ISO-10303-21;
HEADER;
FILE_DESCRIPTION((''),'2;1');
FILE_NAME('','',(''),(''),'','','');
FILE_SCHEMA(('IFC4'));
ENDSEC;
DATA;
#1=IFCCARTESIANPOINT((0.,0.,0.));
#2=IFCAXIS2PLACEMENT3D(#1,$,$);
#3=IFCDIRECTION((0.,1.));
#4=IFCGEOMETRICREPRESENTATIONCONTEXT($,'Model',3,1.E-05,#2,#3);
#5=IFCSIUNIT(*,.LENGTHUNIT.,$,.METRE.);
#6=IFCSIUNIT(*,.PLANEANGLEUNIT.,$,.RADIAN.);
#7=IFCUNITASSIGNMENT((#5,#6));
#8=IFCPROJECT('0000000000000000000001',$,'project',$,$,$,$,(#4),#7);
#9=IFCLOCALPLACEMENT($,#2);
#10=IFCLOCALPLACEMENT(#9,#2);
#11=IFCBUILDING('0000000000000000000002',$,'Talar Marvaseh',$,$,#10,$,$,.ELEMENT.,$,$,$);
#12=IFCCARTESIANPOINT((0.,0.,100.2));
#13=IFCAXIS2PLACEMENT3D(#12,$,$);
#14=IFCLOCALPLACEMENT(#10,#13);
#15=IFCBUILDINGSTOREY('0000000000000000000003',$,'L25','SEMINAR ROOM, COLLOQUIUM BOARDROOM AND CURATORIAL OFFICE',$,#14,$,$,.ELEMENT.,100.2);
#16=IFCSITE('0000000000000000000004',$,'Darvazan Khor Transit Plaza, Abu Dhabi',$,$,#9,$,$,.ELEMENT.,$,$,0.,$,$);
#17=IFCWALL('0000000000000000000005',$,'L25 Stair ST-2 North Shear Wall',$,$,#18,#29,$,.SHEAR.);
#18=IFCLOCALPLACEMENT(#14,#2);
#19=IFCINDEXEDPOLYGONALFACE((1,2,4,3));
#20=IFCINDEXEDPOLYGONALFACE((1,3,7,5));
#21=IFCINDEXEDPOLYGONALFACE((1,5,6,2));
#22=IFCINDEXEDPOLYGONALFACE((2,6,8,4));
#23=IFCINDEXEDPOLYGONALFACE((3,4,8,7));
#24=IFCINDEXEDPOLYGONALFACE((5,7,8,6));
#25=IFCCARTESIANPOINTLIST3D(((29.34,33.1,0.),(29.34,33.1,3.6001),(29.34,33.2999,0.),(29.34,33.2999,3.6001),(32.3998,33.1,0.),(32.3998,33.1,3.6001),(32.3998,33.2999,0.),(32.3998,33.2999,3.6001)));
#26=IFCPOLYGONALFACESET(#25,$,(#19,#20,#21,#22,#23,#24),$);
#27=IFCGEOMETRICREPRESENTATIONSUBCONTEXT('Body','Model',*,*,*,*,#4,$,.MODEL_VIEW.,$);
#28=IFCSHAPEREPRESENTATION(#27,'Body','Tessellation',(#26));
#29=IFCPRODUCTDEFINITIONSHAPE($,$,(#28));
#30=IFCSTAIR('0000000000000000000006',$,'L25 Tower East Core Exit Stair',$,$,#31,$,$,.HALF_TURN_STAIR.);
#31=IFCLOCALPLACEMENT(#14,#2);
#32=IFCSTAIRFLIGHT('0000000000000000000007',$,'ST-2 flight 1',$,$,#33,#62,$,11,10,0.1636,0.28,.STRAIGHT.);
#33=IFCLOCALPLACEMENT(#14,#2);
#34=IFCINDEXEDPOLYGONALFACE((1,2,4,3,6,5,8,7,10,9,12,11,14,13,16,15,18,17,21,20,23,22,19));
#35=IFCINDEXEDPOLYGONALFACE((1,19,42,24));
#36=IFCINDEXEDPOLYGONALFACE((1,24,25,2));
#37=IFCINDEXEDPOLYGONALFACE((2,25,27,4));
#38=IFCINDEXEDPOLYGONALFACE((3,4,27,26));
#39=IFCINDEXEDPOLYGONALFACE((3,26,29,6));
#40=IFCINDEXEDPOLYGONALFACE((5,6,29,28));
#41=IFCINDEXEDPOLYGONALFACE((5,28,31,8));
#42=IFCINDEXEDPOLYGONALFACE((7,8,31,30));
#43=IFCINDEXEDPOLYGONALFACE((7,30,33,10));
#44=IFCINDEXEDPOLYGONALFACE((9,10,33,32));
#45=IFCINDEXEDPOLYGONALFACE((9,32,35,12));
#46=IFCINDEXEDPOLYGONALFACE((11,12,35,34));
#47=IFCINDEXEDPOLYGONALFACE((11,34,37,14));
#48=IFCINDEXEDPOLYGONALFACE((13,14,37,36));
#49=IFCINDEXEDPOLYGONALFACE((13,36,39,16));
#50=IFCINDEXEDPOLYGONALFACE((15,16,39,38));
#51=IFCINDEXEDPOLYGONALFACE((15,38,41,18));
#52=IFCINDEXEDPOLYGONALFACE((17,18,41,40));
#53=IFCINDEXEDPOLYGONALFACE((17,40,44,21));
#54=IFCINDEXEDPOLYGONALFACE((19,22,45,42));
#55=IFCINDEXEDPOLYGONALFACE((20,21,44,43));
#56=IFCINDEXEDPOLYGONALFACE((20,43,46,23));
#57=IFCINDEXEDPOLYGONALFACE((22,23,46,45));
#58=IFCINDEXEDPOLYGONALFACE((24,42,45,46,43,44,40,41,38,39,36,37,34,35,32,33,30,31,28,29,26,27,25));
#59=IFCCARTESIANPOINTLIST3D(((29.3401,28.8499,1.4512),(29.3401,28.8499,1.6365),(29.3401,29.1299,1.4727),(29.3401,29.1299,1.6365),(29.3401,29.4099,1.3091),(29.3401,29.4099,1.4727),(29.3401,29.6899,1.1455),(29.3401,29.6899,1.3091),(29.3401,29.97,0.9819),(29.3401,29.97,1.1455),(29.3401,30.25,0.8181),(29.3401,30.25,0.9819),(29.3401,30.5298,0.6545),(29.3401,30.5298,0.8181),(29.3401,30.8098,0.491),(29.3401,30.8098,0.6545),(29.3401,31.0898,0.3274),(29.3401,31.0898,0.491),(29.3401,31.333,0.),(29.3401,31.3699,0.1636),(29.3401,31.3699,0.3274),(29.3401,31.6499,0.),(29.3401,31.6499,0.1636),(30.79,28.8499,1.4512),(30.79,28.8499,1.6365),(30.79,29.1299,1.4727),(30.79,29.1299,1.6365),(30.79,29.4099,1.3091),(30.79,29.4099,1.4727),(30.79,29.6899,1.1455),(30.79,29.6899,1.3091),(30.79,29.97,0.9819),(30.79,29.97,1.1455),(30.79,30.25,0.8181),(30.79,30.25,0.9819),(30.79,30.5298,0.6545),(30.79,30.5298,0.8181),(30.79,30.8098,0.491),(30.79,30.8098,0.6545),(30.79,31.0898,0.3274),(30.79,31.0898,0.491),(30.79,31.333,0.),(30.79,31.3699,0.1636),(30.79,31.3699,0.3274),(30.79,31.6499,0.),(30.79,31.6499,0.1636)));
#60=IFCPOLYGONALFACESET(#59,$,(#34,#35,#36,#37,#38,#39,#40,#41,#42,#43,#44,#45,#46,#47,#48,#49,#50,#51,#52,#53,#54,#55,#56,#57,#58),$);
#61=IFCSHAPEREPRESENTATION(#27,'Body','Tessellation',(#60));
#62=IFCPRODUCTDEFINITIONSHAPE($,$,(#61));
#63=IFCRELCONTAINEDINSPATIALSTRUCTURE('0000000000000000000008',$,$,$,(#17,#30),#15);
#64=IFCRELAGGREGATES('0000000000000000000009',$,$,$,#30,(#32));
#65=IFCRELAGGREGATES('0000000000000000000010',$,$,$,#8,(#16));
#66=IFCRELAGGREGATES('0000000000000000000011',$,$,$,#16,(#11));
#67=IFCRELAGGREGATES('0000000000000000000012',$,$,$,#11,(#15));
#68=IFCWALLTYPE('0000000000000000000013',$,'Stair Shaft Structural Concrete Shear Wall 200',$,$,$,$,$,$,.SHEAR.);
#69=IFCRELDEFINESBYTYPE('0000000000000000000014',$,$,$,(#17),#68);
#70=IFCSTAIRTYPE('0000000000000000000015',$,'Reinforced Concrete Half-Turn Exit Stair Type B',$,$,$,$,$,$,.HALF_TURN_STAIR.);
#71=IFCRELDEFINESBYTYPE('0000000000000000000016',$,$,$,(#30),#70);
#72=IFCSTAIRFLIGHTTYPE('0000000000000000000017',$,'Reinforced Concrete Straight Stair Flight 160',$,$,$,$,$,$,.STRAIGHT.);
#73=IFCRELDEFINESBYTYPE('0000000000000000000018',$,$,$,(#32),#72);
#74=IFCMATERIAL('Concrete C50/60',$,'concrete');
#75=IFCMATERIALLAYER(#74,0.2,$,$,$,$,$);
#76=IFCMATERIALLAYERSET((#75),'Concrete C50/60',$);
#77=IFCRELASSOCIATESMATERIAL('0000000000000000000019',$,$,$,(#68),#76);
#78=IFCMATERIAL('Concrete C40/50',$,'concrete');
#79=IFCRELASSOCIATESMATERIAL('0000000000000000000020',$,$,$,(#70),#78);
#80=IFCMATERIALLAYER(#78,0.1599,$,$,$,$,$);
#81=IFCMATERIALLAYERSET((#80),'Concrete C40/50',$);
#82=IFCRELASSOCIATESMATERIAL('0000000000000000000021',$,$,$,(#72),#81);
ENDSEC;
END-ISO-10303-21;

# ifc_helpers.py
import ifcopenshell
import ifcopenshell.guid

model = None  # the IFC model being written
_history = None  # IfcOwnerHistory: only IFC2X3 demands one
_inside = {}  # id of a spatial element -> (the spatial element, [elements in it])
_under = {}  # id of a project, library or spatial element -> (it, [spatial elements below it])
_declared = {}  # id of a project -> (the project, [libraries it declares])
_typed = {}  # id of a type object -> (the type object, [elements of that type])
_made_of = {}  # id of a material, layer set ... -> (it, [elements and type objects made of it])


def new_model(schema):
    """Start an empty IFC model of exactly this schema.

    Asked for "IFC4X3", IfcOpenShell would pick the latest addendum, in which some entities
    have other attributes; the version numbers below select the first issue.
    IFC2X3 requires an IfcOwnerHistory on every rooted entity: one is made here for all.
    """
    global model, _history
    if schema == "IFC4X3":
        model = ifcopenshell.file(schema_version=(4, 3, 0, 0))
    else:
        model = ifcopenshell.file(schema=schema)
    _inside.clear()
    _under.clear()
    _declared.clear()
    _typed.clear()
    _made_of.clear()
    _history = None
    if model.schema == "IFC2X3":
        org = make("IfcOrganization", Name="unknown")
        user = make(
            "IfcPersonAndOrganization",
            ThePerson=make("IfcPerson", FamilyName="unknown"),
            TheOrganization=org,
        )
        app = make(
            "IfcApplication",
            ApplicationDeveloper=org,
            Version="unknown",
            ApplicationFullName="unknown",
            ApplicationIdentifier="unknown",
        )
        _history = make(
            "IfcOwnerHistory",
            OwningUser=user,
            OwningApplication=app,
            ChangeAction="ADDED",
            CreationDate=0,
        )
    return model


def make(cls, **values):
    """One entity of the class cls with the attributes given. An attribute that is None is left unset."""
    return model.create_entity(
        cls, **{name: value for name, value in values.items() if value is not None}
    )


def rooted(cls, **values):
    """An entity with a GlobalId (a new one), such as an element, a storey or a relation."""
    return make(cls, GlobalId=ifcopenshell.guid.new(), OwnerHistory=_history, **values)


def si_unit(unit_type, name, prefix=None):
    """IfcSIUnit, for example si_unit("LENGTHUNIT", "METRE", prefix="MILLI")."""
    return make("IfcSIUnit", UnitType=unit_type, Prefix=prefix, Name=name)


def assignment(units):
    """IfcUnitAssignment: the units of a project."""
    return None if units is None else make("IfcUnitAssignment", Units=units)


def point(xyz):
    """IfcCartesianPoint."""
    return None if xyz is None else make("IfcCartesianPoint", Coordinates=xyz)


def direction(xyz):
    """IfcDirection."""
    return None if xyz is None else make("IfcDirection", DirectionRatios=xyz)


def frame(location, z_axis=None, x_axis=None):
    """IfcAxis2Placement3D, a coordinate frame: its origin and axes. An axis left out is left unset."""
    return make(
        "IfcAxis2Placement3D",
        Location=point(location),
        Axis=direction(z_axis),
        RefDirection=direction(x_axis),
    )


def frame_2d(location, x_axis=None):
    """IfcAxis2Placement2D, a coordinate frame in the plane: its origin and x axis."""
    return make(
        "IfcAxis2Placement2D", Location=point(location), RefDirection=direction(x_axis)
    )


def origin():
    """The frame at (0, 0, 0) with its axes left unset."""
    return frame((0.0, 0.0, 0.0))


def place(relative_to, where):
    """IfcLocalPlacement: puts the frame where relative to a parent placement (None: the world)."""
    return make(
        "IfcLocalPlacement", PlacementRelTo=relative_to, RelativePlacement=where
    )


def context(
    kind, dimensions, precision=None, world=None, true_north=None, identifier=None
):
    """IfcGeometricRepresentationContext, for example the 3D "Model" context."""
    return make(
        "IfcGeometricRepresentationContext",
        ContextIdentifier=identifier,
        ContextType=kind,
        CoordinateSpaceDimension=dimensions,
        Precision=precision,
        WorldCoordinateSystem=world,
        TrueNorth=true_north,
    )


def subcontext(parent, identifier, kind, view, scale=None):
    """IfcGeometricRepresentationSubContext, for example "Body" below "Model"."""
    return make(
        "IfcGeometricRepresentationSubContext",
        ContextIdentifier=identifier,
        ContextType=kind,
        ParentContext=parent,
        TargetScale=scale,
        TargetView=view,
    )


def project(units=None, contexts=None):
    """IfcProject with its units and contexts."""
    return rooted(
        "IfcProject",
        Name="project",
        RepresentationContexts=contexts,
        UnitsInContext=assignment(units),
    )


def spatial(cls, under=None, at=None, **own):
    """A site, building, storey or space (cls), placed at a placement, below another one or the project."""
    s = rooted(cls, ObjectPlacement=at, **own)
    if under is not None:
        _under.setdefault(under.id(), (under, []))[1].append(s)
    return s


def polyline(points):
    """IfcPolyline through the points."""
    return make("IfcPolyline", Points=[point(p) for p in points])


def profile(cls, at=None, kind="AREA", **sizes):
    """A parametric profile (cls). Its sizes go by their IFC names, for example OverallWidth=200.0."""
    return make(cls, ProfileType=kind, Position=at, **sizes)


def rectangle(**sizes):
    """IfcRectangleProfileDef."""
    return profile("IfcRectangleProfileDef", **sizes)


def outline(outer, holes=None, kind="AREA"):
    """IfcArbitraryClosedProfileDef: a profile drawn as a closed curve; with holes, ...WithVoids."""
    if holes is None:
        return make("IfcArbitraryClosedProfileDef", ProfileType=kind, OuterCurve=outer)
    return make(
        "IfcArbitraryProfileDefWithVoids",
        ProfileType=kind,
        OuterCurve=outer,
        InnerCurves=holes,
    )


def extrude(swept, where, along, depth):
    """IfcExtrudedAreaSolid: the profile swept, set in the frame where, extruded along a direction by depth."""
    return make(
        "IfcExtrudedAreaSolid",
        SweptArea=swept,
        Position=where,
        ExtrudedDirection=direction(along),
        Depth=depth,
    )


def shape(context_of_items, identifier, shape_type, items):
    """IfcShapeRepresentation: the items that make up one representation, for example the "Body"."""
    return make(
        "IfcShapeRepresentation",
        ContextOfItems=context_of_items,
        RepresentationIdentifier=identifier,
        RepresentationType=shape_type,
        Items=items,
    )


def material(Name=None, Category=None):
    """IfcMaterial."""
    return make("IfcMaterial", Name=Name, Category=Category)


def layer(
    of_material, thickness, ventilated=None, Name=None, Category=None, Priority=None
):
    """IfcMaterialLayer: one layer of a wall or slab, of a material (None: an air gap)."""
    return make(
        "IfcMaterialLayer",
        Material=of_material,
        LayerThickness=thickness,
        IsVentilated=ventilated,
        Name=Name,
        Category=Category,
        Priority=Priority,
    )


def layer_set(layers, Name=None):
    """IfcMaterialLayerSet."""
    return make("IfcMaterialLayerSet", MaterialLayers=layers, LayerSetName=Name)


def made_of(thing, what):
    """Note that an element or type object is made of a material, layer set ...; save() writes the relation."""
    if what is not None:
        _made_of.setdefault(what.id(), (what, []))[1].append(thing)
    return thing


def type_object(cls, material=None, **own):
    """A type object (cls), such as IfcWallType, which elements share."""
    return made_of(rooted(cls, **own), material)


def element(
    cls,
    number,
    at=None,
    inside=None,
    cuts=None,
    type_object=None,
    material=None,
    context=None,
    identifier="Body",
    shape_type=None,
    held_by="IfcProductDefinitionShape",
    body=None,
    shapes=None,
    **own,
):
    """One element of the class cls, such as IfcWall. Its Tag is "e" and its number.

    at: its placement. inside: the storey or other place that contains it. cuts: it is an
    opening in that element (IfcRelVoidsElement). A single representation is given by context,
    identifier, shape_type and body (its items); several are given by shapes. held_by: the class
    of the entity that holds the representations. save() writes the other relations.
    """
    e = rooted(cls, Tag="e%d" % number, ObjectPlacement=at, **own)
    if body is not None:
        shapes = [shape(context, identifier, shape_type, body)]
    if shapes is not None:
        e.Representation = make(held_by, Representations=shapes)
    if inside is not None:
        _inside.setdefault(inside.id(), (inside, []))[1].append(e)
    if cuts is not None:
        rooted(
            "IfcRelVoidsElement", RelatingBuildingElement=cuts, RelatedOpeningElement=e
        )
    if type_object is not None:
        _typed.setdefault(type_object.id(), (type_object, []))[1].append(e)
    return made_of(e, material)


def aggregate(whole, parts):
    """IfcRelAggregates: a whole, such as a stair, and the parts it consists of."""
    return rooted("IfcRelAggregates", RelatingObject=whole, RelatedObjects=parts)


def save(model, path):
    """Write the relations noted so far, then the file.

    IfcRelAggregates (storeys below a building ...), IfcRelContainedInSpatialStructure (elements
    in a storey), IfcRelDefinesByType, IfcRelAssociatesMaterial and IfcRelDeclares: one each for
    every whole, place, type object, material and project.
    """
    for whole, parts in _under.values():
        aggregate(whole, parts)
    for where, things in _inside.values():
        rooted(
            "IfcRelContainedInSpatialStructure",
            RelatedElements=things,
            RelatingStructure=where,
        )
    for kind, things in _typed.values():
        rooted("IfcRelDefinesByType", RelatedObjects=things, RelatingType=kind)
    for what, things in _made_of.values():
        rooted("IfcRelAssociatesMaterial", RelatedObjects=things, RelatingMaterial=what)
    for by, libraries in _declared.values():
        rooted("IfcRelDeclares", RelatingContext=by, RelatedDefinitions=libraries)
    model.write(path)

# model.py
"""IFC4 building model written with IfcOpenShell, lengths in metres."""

from ifc_helpers import new_model, si_unit, direction, frame, frame_2d, origin, place, context, subcontext, project, spatial, polyline, rectangle, outline, extrude, material, layer, layer_set, type_object, element, aggregate, save


model = new_model("IFC4")

# Units and contexts
model_context = context("Model", 3, precision=1e-05, world=origin(), true_north=direction((0.0, 1.0)))
body_context = subcontext(model_context, "Body", "Model", "MODEL_VIEW")
ifc_project = project(units=[si_unit("LENGTHUNIT", "METRE"), si_unit("PLANEANGLEUNIT", "RADIAN")], contexts=[model_context])

# Site, building, storey
site_placement = place(None, origin())
site = spatial("IfcSite", under=ifc_project, at=site_placement, Name="Darvazan Khor Transit Plaza, Abu Dhabi", CompositionType="ELEMENT", RefElevation=0.0)
building_placement = place(site_placement, origin())
building = spatial("IfcBuilding", under=site, at=building_placement, Name="Talar Marvaseh", CompositionType="ELEMENT")
storey_placement = place(building_placement, frame((0.0, 0.0, 100.2)))
storey = spatial("IfcBuildingStorey", under=building, at=storey_placement, Name="L25", Description="SEMINAR ROOM, COLLOQUIUM BOARDROOM AND CURATORIAL OFFICE", CompositionType="ELEMENT", Elevation=100.2)

# Shared definitions
ifc_material_1 = material(Name="Concrete C40/50", Category="concrete")

# Wall
ifc_material_2 = material(Name="Concrete C50/60", Category="concrete")
ifc_layer_1 = layer(ifc_material_2, 0.2)
ifc_layer_set_1 = layer_set([ifc_layer_1], Name="Concrete C50/60")
wall_type_1 = type_object("IfcWallType", Name="Stair Shaft Structural Concrete Shear Wall 200", PredefinedType="SHEAR", material=ifc_layer_set_1)
wall_1_placement = place(storey_placement, frame((29.3401, 33.2, 0.0), z_axis=(0.0, 0.0, 1.0), x_axis=(1.0, 0.0, 0.0)))
element("IfcWall", 1, at=wall_1_placement, inside=storey, type_object=wall_type_1, Name="L25 Stair ST-2 North Shear Wall", PredefinedType="SHEAR", context=body_context, shape_type="SweptSolid", body=[
    extrude(rectangle(XDim=3.0598, YDim=0.2, at=frame_2d((1.5298, 0.0))), origin(), (0.0, 0.0, 1.0), 3.6001),
])

# Stair, stair flight
stair_type = type_object("IfcStairType", Name="Reinforced Concrete Half-Turn Exit Stair Type B", PredefinedType="HALF_TURN_STAIR", material=ifc_material_1)
stair_placement = place(storey_placement, origin())
stair = element("IfcStair", 2, at=stair_placement, inside=storey, type_object=stair_type, Name="L25 Tower East Core Exit Stair", PredefinedType="HALF_TURN_STAIR")
ifc_layer_2 = layer(ifc_material_1, 0.1599)
ifc_layer_set_2 = layer_set([ifc_layer_2], Name="Concrete C40/50")
stair_flight_type = type_object("IfcStairFlightType", Name="Reinforced Concrete Straight Stair Flight 160", PredefinedType="STRAIGHT", material=ifc_layer_set_2)
stair_flight_placement = place(storey_placement, frame((30.0649, 31.6499, 0.0), z_axis=(0.0, 0.0, 1.0), x_axis=(0.0, -1.0, 0.0)))
stair_flight = element("IfcStairFlight", 3, at=stair_flight_placement, type_object=stair_flight_type, Name="ST-2 flight 1", NumberOfRisers=11, NumberOfTreads=10, PredefinedType="STRAIGHT", RiserHeight=0.1636, TreadLength=0.28, context=body_context, shape_type="SweptSolid", body=[
    extrude(outline(polyline([(0.0, 0.0), (0.0, 0.1636), (0.28, 0.1636), (0.28, 0.3274), (0.5601, 0.3274), (0.5601, 0.491), (0.8401, 0.491), (0.8401, 0.6545), (1.1201, 0.6545), (1.1201, 0.8181), (1.3999, 0.8181), (1.3999, 0.9819), (1.6799, 0.9819), (1.6799, 1.1455), (1.96, 1.1455), (1.96, 1.3091), (2.24, 1.3091), (2.24, 1.4727), (2.52, 1.4727), (2.52, 1.6365), (2.8, 1.6365), (2.8, 1.8), (2.8, 1.4512), (0.3169, 0.0), (0.0, 0.0)])), frame((0.0, 0.7251, 0.0), z_axis=(0.0, -1.0, 0.0), x_axis=(1.0, 0.0, 0.0)), (0.0, 0.0, 1.0), 1.45),
])
aggregate(stair, [stair_flight])

save(model, "model.ifc")
